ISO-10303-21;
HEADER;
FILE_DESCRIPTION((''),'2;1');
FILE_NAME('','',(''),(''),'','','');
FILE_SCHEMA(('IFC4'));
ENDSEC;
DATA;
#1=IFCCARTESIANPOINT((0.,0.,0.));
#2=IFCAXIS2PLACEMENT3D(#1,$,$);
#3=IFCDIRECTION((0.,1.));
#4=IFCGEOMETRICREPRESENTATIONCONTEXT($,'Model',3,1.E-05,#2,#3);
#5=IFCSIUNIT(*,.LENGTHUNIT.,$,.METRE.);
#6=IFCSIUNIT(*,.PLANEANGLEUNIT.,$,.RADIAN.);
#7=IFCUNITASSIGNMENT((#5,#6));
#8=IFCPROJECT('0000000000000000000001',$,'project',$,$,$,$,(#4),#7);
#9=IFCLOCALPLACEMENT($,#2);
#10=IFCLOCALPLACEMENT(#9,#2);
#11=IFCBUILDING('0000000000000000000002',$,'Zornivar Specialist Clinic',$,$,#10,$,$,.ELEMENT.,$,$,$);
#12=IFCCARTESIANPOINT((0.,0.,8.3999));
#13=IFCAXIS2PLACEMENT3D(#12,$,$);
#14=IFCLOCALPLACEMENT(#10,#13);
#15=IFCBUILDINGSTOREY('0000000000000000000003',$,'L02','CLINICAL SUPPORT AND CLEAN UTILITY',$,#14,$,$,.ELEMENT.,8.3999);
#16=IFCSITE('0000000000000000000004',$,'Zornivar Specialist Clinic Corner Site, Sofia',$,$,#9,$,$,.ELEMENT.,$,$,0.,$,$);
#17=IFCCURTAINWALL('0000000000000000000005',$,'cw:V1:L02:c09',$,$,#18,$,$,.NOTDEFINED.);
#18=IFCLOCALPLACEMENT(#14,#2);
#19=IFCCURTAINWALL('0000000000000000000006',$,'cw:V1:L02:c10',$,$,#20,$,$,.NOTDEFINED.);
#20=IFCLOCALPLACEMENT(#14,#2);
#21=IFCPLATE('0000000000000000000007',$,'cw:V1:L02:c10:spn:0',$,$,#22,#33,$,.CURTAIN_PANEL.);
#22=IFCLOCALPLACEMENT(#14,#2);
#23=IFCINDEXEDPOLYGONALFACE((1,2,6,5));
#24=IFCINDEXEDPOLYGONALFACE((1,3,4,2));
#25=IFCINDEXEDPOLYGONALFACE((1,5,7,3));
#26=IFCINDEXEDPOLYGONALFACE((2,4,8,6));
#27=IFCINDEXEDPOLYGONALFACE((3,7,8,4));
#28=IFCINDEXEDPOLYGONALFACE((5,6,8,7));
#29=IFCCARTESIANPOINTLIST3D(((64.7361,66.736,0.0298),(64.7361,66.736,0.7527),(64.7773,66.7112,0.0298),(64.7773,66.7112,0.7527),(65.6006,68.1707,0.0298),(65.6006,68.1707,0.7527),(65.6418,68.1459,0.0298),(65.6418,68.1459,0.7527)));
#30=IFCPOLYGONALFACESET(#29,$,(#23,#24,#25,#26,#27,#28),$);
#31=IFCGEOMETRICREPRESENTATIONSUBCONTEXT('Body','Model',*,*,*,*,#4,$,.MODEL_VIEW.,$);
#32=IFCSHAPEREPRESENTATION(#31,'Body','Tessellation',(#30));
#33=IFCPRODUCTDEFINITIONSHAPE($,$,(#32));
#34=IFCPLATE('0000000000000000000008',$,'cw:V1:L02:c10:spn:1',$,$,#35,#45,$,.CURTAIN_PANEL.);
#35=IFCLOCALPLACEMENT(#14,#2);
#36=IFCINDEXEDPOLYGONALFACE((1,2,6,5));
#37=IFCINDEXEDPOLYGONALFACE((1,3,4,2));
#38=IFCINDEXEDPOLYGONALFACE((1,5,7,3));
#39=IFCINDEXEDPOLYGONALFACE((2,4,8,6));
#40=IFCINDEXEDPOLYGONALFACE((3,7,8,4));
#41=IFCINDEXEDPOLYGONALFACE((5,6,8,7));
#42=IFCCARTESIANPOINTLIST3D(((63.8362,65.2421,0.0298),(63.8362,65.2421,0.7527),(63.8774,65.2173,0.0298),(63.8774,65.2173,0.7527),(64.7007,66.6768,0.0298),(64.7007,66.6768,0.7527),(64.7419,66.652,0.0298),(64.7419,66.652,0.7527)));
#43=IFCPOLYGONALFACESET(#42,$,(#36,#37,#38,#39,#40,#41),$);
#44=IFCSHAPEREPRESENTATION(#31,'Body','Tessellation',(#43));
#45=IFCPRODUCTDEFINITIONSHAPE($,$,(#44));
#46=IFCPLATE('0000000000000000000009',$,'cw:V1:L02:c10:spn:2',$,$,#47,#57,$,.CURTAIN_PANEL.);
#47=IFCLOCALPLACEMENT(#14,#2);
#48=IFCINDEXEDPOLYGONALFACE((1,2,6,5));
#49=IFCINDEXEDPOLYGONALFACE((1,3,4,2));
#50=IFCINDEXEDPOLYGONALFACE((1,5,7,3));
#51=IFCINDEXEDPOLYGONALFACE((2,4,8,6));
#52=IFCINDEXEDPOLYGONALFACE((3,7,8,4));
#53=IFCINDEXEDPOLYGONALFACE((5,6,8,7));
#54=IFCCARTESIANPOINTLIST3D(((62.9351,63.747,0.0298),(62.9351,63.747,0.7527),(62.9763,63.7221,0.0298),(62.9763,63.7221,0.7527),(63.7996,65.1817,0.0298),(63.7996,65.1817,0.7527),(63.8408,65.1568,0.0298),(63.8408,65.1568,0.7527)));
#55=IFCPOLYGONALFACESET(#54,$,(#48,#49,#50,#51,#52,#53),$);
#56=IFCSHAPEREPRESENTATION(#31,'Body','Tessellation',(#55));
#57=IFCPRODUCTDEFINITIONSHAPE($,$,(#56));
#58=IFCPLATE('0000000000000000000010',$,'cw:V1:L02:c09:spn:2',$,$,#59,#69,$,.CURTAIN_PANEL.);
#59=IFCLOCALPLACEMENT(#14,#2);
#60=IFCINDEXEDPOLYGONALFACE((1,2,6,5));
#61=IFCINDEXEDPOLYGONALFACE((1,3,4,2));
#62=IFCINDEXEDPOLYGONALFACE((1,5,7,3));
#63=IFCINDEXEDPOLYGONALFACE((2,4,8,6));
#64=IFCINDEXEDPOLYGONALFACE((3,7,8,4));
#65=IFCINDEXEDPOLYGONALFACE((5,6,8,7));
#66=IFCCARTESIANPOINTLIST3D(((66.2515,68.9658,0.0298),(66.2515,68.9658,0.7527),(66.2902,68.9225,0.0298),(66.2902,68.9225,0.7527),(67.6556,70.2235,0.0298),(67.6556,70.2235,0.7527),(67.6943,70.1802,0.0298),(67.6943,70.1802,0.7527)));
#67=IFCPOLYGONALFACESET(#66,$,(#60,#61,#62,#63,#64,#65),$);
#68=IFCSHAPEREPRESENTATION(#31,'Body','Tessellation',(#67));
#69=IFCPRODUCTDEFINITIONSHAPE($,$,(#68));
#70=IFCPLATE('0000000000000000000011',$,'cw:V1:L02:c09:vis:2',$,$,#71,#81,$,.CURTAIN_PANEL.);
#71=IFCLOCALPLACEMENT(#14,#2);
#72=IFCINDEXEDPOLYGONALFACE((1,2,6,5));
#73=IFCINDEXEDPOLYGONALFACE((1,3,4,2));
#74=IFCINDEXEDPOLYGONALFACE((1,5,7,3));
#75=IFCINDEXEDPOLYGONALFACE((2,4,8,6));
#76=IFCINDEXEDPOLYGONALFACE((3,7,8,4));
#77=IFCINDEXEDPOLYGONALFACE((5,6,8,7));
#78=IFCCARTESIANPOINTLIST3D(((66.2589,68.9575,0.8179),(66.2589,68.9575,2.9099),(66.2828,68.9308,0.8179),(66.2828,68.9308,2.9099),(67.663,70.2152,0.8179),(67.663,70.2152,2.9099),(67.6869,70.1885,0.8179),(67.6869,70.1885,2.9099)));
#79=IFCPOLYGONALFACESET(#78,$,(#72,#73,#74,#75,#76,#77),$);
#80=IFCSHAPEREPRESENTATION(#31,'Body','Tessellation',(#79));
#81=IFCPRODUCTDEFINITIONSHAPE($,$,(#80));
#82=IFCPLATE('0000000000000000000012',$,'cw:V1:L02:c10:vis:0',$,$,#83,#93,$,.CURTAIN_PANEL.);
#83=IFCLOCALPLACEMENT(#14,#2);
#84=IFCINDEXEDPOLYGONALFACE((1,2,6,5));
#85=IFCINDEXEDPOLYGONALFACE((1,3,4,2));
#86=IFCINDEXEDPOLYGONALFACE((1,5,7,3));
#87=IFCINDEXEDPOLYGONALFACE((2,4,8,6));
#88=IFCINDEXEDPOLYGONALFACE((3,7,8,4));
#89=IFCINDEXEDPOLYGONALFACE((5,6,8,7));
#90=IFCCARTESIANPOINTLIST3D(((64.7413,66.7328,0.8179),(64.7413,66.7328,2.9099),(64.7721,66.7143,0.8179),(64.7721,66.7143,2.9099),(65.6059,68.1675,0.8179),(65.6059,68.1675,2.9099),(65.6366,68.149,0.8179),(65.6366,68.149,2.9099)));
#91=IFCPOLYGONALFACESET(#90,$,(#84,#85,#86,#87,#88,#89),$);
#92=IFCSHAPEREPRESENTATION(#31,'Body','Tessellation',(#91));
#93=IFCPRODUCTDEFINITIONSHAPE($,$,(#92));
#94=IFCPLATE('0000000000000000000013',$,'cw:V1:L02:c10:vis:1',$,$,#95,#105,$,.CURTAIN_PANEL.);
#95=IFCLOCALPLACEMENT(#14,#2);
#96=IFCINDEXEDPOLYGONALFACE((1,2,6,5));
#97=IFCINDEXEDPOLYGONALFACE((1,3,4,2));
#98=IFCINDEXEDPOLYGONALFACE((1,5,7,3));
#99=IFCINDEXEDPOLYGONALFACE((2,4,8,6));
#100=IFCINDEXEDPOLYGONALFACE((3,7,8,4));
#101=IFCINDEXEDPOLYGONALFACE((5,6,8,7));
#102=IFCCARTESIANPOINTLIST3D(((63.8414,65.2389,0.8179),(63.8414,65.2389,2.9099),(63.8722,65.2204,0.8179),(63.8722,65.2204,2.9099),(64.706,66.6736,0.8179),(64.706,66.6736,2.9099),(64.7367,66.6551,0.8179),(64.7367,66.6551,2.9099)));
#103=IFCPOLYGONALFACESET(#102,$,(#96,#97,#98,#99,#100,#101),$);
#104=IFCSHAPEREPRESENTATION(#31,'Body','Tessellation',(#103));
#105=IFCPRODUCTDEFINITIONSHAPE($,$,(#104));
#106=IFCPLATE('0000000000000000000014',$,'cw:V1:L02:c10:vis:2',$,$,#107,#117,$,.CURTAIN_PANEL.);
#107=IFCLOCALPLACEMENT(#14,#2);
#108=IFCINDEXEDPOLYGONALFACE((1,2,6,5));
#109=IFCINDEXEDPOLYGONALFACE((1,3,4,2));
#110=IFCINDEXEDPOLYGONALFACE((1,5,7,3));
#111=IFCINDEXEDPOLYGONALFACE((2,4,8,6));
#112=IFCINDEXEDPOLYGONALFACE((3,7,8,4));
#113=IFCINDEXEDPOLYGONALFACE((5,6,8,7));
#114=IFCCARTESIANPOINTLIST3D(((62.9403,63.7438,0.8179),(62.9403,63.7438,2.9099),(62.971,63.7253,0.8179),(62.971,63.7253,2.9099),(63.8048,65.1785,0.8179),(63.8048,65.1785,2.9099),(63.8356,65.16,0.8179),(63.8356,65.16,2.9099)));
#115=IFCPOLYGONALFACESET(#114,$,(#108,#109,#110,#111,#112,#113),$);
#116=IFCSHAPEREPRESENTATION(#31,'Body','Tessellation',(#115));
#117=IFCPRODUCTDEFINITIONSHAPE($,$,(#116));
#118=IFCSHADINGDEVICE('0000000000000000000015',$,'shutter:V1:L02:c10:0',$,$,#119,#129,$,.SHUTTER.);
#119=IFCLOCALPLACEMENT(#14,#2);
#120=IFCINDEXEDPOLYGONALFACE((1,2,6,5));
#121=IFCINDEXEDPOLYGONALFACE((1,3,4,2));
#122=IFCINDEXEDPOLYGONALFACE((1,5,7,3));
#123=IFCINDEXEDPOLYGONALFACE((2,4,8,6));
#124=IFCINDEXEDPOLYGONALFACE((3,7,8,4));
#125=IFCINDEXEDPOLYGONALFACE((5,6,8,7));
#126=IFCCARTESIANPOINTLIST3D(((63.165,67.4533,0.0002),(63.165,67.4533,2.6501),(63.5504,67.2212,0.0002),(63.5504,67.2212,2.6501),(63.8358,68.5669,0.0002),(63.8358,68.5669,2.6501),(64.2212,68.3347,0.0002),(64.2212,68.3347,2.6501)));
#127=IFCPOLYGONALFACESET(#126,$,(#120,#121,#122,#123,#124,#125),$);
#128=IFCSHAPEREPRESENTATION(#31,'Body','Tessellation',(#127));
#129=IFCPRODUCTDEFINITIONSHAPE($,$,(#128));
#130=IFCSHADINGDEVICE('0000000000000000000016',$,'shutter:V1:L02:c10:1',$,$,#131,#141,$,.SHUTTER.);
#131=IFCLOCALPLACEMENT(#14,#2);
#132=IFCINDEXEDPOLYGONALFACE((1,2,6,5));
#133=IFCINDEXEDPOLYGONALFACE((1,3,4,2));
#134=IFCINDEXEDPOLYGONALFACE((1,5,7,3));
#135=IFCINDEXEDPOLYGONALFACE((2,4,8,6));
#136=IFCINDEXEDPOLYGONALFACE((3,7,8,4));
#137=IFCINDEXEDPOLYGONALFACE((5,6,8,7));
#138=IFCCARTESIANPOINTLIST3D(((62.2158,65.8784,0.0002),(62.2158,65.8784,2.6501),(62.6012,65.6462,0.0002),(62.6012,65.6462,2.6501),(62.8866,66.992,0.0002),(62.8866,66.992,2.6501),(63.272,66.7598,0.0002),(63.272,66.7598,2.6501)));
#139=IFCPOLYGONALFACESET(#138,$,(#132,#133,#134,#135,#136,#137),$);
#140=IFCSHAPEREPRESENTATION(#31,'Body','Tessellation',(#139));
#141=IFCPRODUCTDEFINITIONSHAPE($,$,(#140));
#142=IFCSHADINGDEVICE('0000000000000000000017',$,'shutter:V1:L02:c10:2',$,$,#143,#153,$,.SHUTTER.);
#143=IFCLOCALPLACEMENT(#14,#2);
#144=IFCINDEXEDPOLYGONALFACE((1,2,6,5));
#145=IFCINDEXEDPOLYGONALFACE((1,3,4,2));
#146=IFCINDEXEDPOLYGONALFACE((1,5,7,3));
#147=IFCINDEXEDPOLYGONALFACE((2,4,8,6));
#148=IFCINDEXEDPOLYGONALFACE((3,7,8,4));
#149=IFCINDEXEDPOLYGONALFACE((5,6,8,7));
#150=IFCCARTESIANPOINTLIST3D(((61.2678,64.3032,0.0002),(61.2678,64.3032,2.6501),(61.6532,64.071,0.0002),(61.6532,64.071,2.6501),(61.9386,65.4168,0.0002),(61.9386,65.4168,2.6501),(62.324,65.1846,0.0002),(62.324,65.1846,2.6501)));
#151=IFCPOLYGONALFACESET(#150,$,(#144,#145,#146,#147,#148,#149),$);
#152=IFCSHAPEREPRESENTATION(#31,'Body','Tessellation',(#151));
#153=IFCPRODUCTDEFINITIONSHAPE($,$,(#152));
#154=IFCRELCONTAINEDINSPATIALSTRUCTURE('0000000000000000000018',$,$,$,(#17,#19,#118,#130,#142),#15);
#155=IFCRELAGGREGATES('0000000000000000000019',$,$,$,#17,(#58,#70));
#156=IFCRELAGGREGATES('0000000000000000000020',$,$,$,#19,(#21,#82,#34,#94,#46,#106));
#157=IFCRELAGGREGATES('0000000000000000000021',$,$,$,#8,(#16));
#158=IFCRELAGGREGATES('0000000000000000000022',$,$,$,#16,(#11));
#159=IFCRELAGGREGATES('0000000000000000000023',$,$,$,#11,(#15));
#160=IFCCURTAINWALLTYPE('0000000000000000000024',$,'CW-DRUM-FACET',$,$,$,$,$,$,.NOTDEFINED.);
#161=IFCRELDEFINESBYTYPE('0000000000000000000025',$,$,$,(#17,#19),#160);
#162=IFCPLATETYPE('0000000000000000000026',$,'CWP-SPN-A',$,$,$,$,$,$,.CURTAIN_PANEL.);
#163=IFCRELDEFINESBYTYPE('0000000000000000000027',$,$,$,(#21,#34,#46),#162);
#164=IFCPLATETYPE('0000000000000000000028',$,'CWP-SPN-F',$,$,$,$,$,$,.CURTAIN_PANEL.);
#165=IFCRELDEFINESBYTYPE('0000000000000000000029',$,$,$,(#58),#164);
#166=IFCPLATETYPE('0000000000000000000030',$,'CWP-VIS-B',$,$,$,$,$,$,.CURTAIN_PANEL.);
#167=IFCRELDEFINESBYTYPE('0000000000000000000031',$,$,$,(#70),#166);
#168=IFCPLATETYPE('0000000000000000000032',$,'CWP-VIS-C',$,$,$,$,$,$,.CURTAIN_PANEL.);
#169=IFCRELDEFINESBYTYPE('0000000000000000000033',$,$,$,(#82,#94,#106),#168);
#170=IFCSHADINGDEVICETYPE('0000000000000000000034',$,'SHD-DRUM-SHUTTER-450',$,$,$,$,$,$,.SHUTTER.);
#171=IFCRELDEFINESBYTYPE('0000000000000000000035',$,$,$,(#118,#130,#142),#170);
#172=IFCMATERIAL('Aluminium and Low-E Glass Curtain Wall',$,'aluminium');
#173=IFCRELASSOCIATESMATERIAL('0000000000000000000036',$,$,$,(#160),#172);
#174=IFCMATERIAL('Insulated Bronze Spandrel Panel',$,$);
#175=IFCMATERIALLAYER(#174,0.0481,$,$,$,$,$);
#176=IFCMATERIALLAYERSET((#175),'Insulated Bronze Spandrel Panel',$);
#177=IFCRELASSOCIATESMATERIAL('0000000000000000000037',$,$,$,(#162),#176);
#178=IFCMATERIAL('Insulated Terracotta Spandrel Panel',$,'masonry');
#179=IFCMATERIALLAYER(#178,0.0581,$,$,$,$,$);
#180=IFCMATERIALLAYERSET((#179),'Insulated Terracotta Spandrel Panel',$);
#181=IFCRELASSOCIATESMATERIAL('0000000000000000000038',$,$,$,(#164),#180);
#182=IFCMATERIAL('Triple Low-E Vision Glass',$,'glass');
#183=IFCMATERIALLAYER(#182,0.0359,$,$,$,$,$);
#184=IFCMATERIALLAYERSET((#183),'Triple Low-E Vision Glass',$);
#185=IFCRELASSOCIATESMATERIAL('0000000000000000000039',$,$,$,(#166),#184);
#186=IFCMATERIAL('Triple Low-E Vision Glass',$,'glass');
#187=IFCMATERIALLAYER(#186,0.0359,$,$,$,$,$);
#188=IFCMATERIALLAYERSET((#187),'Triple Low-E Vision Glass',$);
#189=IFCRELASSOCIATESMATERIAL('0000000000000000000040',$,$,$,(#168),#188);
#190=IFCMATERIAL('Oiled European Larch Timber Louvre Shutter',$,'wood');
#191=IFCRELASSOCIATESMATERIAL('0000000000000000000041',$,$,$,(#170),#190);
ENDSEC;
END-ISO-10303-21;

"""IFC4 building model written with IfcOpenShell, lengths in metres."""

from ifc_helpers import new_model, si_unit, direction, frame, origin, origin_2d, place, context, subcontext, project, spatial, rectangle, extrude, material, layer, layer_set, type_object, element, aggregate, save


model = new_model("IFC4")

# Units and contexts
model_context = context("Model", 3, precision=1e-05, world=origin(), true_north=direction((0.0, 1.0)))
body_context = subcontext(model_context, "Body", "Model", "MODEL_VIEW")
ifc_project = project(units=[si_unit("LENGTHUNIT", "METRE"), si_unit("PLANEANGLEUNIT", "RADIAN")], contexts=[model_context])

# Site, building, storey
site_placement = place(None, origin())
site = spatial("IfcSite", under=ifc_project, at=site_placement, Name="Zornivar Specialist Clinic Corner Site, Sofia", CompositionType="ELEMENT", RefElevation=0.0)
building_placement = place(site_placement, origin())
building = spatial("IfcBuilding", under=site, at=building_placement, Name="Zornivar Specialist Clinic", CompositionType="ELEMENT")
storey_placement = place(building_placement, frame((0.0, 0.0, 8.3999)))
storey = spatial("IfcBuildingStorey", under=building, at=storey_placement, Name="L02", Description="CLINICAL SUPPORT AND CLEAN UTILITY", CompositionType="ELEMENT", Elevation=8.3999)

# Curtain wall
ifc_material_1 = material(Name="Aluminium and Low-E Glass Curtain Wall", Category="aluminium")
curtain_wall_type = type_object("IfcCurtainWallType", Name="CW-DRUM-FACET", PredefinedType="NOTDEFINED", material=ifc_material_1)
curtain_wall_1_placement = place(storey_placement, origin())
curtain_wall_1 = element("IfcCurtainWall", 1, at=curtain_wall_1_placement, inside=storey, type_object=curtain_wall_type, Name="cw:V1:L02:c09", PredefinedType="NOTDEFINED")

# Curtain wall
curtain_wall_2_placement = place(storey_placement, origin())
curtain_wall_2 = element("IfcCurtainWall", 2, at=curtain_wall_2_placement, inside=storey, type_object=curtain_wall_type, Name="cw:V1:L02:c10", PredefinedType="NOTDEFINED")

# Plates
ifc_material_2 = material(Name="Insulated Bronze Spandrel Panel")
ifc_layer_1 = layer(ifc_material_2, 0.0481)
ifc_layer_set_1 = layer_set([ifc_layer_1], Name="Insulated Bronze Spandrel Panel")
plate_type_1 = type_object("IfcPlateType", Name="CWP-SPN-A", PredefinedType="CURTAIN_PANEL", material=ifc_layer_set_1)
plate_1_placement = place(storey_placement, frame((65.189, 67.4409, 0.0298), z_axis=(0.0, 0.0, 1.0), x_axis=(-0.516127, -0.856512, 0.0)))
plate_1 = element("IfcPlate", 3, at=plate_1_placement, type_object=plate_type_1, Name="cw:V1:L02:c10:spn:0", PredefinedType="CURTAIN_PANEL", context=body_context, shape_type="SweptSolid", body=[
    extrude(rectangle(XDim=1.675, YDim=0.0481, at=origin_2d()), origin(), (0.0, 0.0, 1.0), 0.7229),
])
plate_2_placement = place(storey_placement, frame((64.2891, 65.947, 0.0298), z_axis=(0.0, 0.0, 1.0), x_axis=(-0.516127, -0.856512, 0.0)))
plate_2 = element("IfcPlate", 4, at=plate_2_placement, type_object=plate_type_1, Name="cw:V1:L02:c10:spn:1", PredefinedType="CURTAIN_PANEL", context=body_context, shape_type="SweptSolid", body=[
    extrude(rectangle(XDim=1.675, YDim=0.0481, at=origin_2d()), origin(), (0.0, 0.0, 1.0), 0.7229),
])
plate_3_placement = place(storey_placement, frame((63.3879, 64.4519, 0.0298), z_axis=(0.0, 0.0, 1.0), x_axis=(-0.516127, -0.856512, 0.0)))
plate_3 = element("IfcPlate", 5, at=plate_3_placement, type_object=plate_type_1, Name="cw:V1:L02:c10:spn:2", PredefinedType="CURTAIN_PANEL", context=body_context, shape_type="SweptSolid", body=[
    extrude(rectangle(XDim=1.675, YDim=0.0481, at=origin_2d()), origin(), (0.0, 0.0, 1.0), 0.7229),
])
ifc_material_3 = material(Name="Insulated Terracotta Spandrel Panel", Category="masonry")
ifc_layer_2 = layer(ifc_material_3, 0.0581)
ifc_layer_set_2 = layer_set([ifc_layer_2], Name="Insulated Terracotta Spandrel Panel")
plate_type_2 = type_object("IfcPlateType", Name="CWP-SPN-F", PredefinedType="CURTAIN_PANEL", material=ifc_layer_set_2)
plate_4_placement = place(storey_placement, frame((66.9729, 69.573, 0.0298), z_axis=(0.0, 0.0, 1.0), x_axis=(-0.744881, -0.667198, 0.0)))
plate_4 = element("IfcPlate", 6, at=plate_4_placement, type_object=plate_type_2, Name="cw:V1:L02:c09:spn:2", PredefinedType="CURTAIN_PANEL", context=body_context, shape_type="SweptSolid", body=[
    extrude(rectangle(XDim=1.885, YDim=0.0581, at=origin_2d()), origin(), (0.0, 0.0, 1.0), 0.7229),
])
ifc_material_4 = material(Name="Triple Low-E Vision Glass", Category="glass")
ifc_layer_3 = layer(ifc_material_4, 0.0359)
ifc_layer_set_3 = layer_set([ifc_layer_3], Name="Triple Low-E Vision Glass")
plate_type_3 = type_object("IfcPlateType", Name="CWP-VIS-B", PredefinedType="CURTAIN_PANEL", material=ifc_layer_set_3)
plate_5_placement = place(storey_placement, frame((66.9729, 69.573, 0.8179), z_axis=(0.0, 0.0, 1.0), x_axis=(-0.744881, -0.667198, 0.0)))
plate_5 = element("IfcPlate", 7, at=plate_5_placement, type_object=plate_type_3, Name="cw:V1:L02:c09:vis:2", PredefinedType="CURTAIN_PANEL", context=body_context, shape_type="SweptSolid", body=[
    extrude(rectangle(XDim=1.885, YDim=0.0359, at=origin_2d()), origin(), (0.0, 0.0, 1.0), 2.092),
])
aggregate(curtain_wall_1, [plate_4, plate_5])
ifc_material_5 = material(Name="Triple Low-E Vision Glass", Category="glass")
ifc_layer_4 = layer(ifc_material_5, 0.0359)
ifc_layer_set_4 = layer_set([ifc_layer_4], Name="Triple Low-E Vision Glass")
plate_type_4 = type_object("IfcPlateType", Name="CWP-VIS-C", PredefinedType="CURTAIN_PANEL", material=ifc_layer_set_4)
plate_6_placement = place(storey_placement, frame((65.189, 67.4409, 0.8179), z_axis=(0.0, 0.0, 1.0), x_axis=(-0.516127, -0.856512, 0.0)))
plate_6 = element("IfcPlate", 8, at=plate_6_placement, type_object=plate_type_4, Name="cw:V1:L02:c10:vis:0", PredefinedType="CURTAIN_PANEL", context=body_context, shape_type="SweptSolid", body=[
    extrude(rectangle(XDim=1.675, YDim=0.0359, at=origin_2d()), origin(), (0.0, 0.0, 1.0), 2.092),
])
plate_7_placement = place(storey_placement, frame((64.2891, 65.947, 0.8179), z_axis=(0.0, 0.0, 1.0), x_axis=(-0.516127, -0.856512, 0.0)))
plate_7 = element("IfcPlate", 9, at=plate_7_placement, type_object=plate_type_4, Name="cw:V1:L02:c10:vis:1", PredefinedType="CURTAIN_PANEL", context=body_context, shape_type="SweptSolid", body=[
    extrude(rectangle(XDim=1.675, YDim=0.0359, at=origin_2d()), origin(), (0.0, 0.0, 1.0), 2.092),
])
plate_8_placement = place(storey_placement, frame((63.3879, 64.4519, 0.8179), z_axis=(0.0, 0.0, 1.0), x_axis=(-0.516127, -0.856512, 0.0)))
plate_8 = element("IfcPlate", 10, at=plate_8_placement, type_object=plate_type_4, Name="cw:V1:L02:c10:vis:2", PredefinedType="CURTAIN_PANEL", context=body_context, shape_type="SweptSolid", body=[
    extrude(rectangle(XDim=1.675, YDim=0.0359, at=origin_2d()), origin(), (0.0, 0.0, 1.0), 2.092),
])
aggregate(curtain_wall_2, [plate_1, plate_6, plate_2, plate_7, plate_3, plate_8])

# Shading devices
ifc_material_6 = material(Name="Oiled European Larch Timber Louvre Shutter", Category="wood")
shading_device_type = type_object("IfcShadingDeviceType", Name="SHD-DRUM-SHUTTER-450", PredefinedType="SHUTTER", material=ifc_material_6)
for number, where, z_axis, x_axis, name in (
    (11, (63.6931, 67.894, 0.0002), (0.0, 0.0, 1.0), (-0.516018, -0.856578, 0.0), "shutter:V1:L02:c10:0"),
    (12, (62.7439, 66.3191, 0.0002), (0.0, 0.0, 1.0), (-0.516018, -0.856578, 0.0), "shutter:V1:L02:c10:1"),
    (13, (61.7959, 64.7439, 0.0002), (0.0, 0.0, 1.0), (-0.516018, -0.856578, 0.0), "shutter:V1:L02:c10:2"),
):
    element("IfcShadingDevice", number, at=place(storey_placement, frame(where, z_axis=z_axis, x_axis=x_axis)), inside=storey, type_object=shading_device_type, Name=name, PredefinedType="SHUTTER", context=body_context, shape_type="SweptSolid", body=[
        extrude(rectangle(XDim=1.3, YDim=0.45, at=origin_2d()), origin(), (0.0, 0.0, 1.0), 2.6499),
    ])

save(model, "model.ifc")
